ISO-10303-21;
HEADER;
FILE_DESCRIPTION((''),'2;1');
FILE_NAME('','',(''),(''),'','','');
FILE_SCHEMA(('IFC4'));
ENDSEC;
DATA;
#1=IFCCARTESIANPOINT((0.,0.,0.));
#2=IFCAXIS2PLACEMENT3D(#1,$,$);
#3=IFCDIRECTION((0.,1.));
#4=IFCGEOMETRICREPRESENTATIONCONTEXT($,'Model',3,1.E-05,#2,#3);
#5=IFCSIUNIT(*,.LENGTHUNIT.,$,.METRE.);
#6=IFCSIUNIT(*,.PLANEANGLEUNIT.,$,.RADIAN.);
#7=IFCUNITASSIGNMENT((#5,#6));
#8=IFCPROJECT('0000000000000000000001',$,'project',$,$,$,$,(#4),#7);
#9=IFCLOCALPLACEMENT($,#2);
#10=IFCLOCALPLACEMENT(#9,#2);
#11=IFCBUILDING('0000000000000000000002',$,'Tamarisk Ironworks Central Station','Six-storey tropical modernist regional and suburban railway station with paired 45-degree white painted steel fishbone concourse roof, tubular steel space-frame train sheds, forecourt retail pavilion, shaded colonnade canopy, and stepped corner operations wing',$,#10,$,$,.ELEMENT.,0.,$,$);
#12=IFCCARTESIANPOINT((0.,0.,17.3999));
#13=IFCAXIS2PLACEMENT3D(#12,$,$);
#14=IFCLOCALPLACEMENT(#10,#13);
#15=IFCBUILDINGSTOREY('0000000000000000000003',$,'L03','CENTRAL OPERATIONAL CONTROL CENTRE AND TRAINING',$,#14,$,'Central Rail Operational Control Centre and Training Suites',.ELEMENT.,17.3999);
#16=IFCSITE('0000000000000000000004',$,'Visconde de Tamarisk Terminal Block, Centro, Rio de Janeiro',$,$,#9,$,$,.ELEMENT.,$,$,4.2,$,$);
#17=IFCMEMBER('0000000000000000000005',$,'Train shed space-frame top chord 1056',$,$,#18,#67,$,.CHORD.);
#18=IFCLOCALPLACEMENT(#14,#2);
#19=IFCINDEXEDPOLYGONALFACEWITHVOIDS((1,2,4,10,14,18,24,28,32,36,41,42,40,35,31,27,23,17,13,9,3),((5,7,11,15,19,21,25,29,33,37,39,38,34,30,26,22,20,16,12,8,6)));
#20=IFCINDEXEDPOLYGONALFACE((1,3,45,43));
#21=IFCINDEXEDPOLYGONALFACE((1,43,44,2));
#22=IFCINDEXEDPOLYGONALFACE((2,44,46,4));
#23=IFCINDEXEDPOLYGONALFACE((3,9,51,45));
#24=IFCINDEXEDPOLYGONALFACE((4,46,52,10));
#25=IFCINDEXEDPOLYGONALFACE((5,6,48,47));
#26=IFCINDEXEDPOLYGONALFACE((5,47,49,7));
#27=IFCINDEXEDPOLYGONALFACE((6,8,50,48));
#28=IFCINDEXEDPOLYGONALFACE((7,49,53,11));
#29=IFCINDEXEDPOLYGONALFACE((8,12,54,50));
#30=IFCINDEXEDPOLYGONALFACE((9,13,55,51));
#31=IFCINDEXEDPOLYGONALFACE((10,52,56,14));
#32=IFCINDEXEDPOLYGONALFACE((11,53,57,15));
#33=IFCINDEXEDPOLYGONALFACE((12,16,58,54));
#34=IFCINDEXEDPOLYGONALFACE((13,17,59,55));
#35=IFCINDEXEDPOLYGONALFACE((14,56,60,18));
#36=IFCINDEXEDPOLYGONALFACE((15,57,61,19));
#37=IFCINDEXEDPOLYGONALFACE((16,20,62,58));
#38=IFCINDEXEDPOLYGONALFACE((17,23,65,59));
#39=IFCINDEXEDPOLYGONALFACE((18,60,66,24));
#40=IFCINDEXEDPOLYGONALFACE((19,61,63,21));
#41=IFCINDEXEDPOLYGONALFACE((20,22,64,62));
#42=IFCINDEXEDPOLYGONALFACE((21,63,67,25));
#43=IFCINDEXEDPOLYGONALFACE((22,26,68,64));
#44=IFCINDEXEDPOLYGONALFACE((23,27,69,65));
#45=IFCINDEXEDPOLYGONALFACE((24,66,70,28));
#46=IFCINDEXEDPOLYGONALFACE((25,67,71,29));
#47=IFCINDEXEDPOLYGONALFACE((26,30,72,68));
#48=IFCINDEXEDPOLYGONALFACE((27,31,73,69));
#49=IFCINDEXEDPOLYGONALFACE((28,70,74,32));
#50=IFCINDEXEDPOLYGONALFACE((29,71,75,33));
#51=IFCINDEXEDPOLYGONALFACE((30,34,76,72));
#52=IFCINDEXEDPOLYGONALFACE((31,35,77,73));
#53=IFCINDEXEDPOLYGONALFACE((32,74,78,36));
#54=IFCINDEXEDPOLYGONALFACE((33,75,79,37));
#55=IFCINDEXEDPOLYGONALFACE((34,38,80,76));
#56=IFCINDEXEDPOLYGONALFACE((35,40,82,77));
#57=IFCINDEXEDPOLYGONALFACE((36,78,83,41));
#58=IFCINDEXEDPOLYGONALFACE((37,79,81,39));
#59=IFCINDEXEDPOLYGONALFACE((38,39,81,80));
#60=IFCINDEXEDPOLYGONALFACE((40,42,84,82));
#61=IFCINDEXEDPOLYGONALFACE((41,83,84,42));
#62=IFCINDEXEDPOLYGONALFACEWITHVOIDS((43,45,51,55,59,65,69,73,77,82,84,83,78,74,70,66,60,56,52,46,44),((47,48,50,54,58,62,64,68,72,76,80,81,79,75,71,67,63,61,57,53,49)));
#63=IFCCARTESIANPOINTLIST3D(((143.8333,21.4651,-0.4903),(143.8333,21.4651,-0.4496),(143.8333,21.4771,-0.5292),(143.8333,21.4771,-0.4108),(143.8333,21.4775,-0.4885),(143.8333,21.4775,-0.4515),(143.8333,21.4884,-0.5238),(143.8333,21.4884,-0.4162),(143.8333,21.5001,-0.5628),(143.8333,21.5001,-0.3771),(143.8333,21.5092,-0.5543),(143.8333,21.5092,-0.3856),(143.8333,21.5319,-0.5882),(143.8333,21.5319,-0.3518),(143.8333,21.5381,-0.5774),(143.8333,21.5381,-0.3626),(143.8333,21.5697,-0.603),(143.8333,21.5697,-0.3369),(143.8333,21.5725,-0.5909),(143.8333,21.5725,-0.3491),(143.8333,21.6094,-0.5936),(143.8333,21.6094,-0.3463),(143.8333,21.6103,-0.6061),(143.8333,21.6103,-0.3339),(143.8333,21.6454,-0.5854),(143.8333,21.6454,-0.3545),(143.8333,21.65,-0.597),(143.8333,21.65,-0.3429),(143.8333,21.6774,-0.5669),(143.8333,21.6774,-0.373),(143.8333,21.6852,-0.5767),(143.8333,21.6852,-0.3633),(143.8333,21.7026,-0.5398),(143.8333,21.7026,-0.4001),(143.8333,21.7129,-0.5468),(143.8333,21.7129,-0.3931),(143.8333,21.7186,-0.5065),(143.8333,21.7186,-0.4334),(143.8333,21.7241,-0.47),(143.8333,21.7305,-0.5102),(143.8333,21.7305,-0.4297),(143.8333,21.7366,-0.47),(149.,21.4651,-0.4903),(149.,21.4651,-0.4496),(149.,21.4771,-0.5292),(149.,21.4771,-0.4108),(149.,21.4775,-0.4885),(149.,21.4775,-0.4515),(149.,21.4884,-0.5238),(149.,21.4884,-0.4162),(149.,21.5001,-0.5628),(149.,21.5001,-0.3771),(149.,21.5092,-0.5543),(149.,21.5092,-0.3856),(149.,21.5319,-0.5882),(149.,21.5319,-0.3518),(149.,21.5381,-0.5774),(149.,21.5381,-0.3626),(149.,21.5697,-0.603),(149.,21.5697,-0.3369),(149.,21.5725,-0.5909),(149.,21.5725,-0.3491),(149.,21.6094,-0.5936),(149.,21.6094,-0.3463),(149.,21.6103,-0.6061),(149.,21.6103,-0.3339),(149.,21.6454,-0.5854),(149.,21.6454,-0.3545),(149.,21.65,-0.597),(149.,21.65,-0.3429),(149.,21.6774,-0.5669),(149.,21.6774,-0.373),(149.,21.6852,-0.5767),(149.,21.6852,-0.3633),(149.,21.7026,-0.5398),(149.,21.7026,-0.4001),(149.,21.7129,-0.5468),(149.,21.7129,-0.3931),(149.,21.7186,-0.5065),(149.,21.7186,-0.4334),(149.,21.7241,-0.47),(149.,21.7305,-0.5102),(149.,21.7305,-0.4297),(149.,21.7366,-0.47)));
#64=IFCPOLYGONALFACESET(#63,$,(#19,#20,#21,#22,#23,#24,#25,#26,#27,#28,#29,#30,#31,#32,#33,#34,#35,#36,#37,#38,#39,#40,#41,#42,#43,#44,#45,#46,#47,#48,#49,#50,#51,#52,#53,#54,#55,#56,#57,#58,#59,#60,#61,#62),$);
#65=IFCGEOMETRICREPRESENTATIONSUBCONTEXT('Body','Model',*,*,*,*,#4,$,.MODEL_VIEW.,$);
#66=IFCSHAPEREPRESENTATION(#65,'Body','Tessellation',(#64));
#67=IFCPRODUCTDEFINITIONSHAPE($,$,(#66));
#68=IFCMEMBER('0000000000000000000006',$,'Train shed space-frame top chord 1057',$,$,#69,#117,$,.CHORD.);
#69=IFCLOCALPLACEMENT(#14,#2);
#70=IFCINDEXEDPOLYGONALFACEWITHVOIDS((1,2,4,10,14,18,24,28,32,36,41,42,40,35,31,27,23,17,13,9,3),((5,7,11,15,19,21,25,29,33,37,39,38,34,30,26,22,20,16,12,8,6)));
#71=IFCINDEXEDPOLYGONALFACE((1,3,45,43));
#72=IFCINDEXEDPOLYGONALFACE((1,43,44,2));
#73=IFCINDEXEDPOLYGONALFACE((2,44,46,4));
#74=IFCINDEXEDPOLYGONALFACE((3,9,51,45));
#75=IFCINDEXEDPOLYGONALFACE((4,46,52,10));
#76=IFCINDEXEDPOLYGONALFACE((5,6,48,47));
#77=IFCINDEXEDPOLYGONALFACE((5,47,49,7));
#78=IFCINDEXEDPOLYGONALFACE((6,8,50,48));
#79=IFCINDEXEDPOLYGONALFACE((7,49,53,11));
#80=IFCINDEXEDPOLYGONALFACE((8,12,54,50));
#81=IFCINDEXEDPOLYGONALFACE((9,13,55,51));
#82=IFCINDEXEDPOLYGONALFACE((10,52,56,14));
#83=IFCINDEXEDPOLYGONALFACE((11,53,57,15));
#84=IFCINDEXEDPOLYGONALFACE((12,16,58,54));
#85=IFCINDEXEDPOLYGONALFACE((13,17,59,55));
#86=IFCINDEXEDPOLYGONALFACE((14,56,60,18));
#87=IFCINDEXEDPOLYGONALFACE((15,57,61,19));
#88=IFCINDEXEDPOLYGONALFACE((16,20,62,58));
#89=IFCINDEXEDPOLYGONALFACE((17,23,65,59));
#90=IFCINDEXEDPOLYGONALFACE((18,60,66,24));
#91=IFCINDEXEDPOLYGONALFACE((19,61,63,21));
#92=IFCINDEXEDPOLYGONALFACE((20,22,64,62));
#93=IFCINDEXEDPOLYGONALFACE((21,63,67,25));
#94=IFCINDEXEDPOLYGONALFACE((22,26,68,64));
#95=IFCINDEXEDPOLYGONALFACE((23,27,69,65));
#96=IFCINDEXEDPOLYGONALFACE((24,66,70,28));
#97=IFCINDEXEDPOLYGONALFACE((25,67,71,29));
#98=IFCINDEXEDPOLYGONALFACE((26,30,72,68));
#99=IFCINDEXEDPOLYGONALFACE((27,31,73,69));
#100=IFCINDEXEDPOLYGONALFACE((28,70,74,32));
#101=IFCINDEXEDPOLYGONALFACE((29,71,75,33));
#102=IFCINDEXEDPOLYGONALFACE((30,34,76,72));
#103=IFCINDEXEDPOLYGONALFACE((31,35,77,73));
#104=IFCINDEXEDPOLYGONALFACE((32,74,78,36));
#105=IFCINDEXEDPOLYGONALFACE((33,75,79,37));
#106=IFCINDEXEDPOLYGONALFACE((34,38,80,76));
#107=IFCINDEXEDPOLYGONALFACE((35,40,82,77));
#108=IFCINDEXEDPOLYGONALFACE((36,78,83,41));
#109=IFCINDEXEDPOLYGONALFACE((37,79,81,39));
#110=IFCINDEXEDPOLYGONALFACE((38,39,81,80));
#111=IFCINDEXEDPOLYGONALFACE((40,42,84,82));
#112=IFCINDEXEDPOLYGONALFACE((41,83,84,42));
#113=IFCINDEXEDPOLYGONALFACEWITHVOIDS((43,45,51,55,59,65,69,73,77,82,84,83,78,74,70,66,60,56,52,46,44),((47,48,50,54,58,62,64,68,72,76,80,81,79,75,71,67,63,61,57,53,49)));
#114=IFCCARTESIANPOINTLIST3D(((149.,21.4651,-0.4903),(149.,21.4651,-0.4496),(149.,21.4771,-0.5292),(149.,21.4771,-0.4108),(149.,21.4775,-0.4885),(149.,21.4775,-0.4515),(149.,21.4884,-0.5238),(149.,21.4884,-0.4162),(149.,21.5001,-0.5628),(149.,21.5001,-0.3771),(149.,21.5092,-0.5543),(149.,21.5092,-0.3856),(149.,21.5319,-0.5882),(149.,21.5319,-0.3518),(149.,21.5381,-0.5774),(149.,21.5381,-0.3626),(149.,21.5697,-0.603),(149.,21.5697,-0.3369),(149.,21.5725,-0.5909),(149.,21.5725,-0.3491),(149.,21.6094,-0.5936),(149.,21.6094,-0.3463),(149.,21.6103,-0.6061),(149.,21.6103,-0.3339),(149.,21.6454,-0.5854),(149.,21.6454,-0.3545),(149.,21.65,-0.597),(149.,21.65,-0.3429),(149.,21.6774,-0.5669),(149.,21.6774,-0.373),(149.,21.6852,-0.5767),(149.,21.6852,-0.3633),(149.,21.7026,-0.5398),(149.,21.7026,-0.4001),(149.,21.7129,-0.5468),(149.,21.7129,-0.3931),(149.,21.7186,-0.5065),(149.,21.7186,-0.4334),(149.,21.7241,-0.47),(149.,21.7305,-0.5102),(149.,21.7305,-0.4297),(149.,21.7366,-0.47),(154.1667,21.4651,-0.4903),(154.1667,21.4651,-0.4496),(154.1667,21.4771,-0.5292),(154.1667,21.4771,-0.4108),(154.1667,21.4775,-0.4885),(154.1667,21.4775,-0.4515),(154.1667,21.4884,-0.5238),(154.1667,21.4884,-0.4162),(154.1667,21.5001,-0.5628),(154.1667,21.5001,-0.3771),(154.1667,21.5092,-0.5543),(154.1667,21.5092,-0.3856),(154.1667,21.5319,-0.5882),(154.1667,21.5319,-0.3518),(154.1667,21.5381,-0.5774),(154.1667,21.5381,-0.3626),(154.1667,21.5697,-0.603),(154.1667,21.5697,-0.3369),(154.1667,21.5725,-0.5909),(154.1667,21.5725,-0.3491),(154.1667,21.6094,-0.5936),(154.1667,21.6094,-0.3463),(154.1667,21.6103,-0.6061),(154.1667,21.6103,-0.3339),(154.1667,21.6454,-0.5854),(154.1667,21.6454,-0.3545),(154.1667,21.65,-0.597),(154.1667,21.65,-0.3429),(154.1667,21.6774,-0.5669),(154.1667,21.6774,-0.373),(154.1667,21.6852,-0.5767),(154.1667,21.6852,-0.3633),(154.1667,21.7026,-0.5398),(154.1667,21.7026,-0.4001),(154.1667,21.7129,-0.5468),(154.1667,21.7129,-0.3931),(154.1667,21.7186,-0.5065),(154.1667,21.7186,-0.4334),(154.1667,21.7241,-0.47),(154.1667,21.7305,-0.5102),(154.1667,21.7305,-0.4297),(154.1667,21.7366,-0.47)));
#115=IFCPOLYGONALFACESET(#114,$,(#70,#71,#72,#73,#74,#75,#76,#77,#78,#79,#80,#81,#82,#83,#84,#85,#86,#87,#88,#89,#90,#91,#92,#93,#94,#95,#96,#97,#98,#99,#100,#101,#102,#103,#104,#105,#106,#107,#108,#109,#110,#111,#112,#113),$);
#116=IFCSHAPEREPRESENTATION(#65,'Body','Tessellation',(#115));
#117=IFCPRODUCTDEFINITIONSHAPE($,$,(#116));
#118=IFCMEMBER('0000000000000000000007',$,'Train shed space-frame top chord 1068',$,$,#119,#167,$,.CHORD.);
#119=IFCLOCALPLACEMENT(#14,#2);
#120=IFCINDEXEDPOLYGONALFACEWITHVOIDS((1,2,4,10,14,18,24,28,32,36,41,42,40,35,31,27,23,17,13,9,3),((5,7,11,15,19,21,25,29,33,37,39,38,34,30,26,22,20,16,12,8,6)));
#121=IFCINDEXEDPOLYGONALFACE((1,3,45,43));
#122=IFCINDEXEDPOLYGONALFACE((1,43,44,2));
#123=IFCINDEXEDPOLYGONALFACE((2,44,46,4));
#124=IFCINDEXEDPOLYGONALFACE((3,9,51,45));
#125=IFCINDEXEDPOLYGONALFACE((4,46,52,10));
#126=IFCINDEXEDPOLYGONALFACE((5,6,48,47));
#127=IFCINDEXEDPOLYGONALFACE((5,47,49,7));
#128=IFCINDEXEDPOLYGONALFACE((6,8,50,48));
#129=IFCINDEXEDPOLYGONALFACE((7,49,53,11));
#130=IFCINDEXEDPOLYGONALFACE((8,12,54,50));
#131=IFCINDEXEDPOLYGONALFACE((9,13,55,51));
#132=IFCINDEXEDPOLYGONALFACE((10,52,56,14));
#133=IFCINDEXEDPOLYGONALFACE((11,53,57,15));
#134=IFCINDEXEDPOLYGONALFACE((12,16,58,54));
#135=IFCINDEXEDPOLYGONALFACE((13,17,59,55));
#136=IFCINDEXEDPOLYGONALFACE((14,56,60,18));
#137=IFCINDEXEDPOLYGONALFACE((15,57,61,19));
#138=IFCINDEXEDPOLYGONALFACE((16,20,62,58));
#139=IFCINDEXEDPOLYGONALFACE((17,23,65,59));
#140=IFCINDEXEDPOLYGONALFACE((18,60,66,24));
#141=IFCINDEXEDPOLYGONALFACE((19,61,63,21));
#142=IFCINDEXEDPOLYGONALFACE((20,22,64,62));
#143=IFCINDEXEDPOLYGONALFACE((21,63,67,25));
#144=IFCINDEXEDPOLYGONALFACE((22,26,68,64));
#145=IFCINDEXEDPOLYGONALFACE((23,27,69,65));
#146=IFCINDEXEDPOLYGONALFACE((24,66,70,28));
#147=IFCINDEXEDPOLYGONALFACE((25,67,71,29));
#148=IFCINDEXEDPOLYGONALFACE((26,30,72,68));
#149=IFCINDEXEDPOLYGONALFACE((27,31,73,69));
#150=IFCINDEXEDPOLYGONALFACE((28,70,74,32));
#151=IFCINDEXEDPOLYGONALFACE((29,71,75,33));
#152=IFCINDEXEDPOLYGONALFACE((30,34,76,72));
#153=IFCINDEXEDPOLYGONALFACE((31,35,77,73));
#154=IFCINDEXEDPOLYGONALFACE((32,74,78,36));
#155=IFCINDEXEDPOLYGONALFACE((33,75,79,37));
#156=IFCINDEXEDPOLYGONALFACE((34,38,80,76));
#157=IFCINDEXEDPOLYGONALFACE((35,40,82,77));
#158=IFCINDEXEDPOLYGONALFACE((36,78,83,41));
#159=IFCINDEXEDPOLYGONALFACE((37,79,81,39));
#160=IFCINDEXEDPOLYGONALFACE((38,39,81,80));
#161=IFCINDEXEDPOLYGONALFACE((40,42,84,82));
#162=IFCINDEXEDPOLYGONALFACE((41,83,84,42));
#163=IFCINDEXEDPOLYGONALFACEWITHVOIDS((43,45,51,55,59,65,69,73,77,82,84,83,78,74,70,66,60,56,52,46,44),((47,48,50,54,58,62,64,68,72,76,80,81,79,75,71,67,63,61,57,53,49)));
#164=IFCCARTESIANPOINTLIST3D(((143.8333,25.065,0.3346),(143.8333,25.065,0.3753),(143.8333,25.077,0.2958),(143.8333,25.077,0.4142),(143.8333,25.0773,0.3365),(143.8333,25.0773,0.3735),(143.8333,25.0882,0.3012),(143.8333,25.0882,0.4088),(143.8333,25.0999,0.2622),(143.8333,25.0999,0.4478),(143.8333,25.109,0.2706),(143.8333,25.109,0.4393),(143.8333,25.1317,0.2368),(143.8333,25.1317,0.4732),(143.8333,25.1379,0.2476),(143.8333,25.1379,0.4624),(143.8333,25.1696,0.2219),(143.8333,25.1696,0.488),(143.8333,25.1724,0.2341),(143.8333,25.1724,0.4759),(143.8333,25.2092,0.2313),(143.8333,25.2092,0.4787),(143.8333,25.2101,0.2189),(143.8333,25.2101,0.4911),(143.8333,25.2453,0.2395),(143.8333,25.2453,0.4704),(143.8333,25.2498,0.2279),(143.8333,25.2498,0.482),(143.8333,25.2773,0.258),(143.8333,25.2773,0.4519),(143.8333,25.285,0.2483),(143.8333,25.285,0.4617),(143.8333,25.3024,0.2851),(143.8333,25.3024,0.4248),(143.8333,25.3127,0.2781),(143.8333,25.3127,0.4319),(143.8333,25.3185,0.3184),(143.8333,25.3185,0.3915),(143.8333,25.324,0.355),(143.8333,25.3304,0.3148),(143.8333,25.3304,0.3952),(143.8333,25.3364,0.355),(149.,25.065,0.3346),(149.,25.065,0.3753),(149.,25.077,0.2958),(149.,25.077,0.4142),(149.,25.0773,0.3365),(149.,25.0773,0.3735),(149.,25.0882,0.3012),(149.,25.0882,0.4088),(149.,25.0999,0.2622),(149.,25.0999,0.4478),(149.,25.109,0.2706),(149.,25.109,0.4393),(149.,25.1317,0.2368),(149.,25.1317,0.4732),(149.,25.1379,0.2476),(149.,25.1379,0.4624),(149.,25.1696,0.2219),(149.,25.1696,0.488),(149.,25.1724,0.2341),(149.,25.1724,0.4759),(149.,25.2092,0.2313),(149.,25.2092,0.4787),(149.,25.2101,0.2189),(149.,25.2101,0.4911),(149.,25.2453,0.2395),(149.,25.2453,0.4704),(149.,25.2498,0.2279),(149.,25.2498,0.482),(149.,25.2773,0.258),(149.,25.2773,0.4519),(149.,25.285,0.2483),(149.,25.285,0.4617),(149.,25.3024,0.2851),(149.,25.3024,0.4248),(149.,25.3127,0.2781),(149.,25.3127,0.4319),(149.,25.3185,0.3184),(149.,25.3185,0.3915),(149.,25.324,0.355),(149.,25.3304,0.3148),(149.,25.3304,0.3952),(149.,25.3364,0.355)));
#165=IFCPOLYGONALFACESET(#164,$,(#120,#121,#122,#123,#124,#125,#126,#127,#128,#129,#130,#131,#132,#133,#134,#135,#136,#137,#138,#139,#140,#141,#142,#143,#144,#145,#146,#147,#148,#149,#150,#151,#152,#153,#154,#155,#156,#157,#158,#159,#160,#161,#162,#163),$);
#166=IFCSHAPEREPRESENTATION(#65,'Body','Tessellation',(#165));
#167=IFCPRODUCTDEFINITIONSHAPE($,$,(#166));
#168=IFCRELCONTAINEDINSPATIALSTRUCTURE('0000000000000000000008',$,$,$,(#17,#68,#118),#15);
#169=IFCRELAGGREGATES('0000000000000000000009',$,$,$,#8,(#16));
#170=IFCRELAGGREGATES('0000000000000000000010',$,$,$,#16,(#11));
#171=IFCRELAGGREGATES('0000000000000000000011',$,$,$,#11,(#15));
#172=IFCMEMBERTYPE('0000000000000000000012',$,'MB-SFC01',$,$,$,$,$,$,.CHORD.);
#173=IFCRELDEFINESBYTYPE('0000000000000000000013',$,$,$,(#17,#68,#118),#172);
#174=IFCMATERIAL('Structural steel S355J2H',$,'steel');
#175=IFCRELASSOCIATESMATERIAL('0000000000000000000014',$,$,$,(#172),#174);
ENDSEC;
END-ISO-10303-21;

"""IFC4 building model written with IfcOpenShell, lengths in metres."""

from ifc_helpers import new_model, si_unit, direction, frame, origin, origin_2d, place, context, subcontext, project, spatial, hollow_circle, extrude, material, material_profile, profile_set, type_object, element, save


model = new_model("IFC4")

# Units and contexts
model_context = context("Model", 3, precision=1e-05, world=origin(), true_north=direction((0.0, 1.0)))
body_context = subcontext(model_context, "Body", "Model", "MODEL_VIEW")
ifc_project = project(units=[si_unit("LENGTHUNIT", "METRE"), si_unit("PLANEANGLEUNIT", "RADIAN")], contexts=[model_context])

# Site, building, storey
site_placement = place(None, origin())
site = spatial("IfcSite", under=ifc_project, at=site_placement, Name="Visconde de Tamarisk Terminal Block, Centro, Rio de Janeiro", CompositionType="ELEMENT", RefElevation=4.2)
building_placement = place(site_placement, origin())
building = spatial("IfcBuilding", under=site, at=building_placement, Name="Tamarisk Ironworks Central Station", Description="Six-storey tropical modernist regional and suburban railway station with paired 45-degree white painted steel fishbone concourse roof, tubular steel space-frame train sheds, forecourt retail pavilion, shaded colonnade canopy, and stepped corner operations wing", CompositionType="ELEMENT", ElevationOfRefHeight=0.0)
storey_placement = place(building_placement, frame((0.0, 0.0, 17.3999)))
storey = spatial("IfcBuildingStorey", under=building, at=storey_placement, Name="L03", Description="CENTRAL OPERATIONAL CONTROL CENTRE AND TRAINING", LongName="Central Rail Operational Control Centre and Training Suites", CompositionType="ELEMENT", Elevation=17.3999)

# Members
ifc_material_1 = material(Name="Structural steel S355J2H", Category="steel")
ifc_material_profile_1 = material_profile(ifc_material_1, hollow_circle(Radius=0.1365, WallThickness=0.0125, at=origin_2d()), Name="CHS 273x12.5")
ifc_profile_set_1 = profile_set([ifc_material_profile_1], Name="Structural steel S355J2H")
member_type_1 = type_object("IfcMemberType", Name="MB-SFC01", PredefinedType="CHORD", material=ifc_profile_set_1)
for number, where, z_axis, x_axis, name in (
    (1, (143.8333, 21.6001, -0.47), (1.0, 0.0, 0.0), (0.0, 1.0, 0.0), "Train shed space-frame top chord 1056"),
    (2, (149.0, 21.6001, -0.47), (1.0, 0.0, 0.0), (0.0, 1.0, 0.0), "Train shed space-frame top chord 1057"),
    (3, (143.8333, 25.2, 0.355), (1.0, 0.0, 0.0), (0.0, 1.0, 0.0), "Train shed space-frame top chord 1068"),
):
    element("IfcMember", number, at=place(storey_placement, frame(where, z_axis=z_axis, x_axis=x_axis)), inside=storey, type_object=member_type_1, Name=name, PredefinedType="CHORD", context=body_context, shape_type="SweptSolid", body=[
        extrude(hollow_circle(Radius=0.1365, WallThickness=0.0125, at=origin_2d()), origin(), (0.0, 0.0, 1.0), 5.1667),
    ])

save(model, "model.ifc")
